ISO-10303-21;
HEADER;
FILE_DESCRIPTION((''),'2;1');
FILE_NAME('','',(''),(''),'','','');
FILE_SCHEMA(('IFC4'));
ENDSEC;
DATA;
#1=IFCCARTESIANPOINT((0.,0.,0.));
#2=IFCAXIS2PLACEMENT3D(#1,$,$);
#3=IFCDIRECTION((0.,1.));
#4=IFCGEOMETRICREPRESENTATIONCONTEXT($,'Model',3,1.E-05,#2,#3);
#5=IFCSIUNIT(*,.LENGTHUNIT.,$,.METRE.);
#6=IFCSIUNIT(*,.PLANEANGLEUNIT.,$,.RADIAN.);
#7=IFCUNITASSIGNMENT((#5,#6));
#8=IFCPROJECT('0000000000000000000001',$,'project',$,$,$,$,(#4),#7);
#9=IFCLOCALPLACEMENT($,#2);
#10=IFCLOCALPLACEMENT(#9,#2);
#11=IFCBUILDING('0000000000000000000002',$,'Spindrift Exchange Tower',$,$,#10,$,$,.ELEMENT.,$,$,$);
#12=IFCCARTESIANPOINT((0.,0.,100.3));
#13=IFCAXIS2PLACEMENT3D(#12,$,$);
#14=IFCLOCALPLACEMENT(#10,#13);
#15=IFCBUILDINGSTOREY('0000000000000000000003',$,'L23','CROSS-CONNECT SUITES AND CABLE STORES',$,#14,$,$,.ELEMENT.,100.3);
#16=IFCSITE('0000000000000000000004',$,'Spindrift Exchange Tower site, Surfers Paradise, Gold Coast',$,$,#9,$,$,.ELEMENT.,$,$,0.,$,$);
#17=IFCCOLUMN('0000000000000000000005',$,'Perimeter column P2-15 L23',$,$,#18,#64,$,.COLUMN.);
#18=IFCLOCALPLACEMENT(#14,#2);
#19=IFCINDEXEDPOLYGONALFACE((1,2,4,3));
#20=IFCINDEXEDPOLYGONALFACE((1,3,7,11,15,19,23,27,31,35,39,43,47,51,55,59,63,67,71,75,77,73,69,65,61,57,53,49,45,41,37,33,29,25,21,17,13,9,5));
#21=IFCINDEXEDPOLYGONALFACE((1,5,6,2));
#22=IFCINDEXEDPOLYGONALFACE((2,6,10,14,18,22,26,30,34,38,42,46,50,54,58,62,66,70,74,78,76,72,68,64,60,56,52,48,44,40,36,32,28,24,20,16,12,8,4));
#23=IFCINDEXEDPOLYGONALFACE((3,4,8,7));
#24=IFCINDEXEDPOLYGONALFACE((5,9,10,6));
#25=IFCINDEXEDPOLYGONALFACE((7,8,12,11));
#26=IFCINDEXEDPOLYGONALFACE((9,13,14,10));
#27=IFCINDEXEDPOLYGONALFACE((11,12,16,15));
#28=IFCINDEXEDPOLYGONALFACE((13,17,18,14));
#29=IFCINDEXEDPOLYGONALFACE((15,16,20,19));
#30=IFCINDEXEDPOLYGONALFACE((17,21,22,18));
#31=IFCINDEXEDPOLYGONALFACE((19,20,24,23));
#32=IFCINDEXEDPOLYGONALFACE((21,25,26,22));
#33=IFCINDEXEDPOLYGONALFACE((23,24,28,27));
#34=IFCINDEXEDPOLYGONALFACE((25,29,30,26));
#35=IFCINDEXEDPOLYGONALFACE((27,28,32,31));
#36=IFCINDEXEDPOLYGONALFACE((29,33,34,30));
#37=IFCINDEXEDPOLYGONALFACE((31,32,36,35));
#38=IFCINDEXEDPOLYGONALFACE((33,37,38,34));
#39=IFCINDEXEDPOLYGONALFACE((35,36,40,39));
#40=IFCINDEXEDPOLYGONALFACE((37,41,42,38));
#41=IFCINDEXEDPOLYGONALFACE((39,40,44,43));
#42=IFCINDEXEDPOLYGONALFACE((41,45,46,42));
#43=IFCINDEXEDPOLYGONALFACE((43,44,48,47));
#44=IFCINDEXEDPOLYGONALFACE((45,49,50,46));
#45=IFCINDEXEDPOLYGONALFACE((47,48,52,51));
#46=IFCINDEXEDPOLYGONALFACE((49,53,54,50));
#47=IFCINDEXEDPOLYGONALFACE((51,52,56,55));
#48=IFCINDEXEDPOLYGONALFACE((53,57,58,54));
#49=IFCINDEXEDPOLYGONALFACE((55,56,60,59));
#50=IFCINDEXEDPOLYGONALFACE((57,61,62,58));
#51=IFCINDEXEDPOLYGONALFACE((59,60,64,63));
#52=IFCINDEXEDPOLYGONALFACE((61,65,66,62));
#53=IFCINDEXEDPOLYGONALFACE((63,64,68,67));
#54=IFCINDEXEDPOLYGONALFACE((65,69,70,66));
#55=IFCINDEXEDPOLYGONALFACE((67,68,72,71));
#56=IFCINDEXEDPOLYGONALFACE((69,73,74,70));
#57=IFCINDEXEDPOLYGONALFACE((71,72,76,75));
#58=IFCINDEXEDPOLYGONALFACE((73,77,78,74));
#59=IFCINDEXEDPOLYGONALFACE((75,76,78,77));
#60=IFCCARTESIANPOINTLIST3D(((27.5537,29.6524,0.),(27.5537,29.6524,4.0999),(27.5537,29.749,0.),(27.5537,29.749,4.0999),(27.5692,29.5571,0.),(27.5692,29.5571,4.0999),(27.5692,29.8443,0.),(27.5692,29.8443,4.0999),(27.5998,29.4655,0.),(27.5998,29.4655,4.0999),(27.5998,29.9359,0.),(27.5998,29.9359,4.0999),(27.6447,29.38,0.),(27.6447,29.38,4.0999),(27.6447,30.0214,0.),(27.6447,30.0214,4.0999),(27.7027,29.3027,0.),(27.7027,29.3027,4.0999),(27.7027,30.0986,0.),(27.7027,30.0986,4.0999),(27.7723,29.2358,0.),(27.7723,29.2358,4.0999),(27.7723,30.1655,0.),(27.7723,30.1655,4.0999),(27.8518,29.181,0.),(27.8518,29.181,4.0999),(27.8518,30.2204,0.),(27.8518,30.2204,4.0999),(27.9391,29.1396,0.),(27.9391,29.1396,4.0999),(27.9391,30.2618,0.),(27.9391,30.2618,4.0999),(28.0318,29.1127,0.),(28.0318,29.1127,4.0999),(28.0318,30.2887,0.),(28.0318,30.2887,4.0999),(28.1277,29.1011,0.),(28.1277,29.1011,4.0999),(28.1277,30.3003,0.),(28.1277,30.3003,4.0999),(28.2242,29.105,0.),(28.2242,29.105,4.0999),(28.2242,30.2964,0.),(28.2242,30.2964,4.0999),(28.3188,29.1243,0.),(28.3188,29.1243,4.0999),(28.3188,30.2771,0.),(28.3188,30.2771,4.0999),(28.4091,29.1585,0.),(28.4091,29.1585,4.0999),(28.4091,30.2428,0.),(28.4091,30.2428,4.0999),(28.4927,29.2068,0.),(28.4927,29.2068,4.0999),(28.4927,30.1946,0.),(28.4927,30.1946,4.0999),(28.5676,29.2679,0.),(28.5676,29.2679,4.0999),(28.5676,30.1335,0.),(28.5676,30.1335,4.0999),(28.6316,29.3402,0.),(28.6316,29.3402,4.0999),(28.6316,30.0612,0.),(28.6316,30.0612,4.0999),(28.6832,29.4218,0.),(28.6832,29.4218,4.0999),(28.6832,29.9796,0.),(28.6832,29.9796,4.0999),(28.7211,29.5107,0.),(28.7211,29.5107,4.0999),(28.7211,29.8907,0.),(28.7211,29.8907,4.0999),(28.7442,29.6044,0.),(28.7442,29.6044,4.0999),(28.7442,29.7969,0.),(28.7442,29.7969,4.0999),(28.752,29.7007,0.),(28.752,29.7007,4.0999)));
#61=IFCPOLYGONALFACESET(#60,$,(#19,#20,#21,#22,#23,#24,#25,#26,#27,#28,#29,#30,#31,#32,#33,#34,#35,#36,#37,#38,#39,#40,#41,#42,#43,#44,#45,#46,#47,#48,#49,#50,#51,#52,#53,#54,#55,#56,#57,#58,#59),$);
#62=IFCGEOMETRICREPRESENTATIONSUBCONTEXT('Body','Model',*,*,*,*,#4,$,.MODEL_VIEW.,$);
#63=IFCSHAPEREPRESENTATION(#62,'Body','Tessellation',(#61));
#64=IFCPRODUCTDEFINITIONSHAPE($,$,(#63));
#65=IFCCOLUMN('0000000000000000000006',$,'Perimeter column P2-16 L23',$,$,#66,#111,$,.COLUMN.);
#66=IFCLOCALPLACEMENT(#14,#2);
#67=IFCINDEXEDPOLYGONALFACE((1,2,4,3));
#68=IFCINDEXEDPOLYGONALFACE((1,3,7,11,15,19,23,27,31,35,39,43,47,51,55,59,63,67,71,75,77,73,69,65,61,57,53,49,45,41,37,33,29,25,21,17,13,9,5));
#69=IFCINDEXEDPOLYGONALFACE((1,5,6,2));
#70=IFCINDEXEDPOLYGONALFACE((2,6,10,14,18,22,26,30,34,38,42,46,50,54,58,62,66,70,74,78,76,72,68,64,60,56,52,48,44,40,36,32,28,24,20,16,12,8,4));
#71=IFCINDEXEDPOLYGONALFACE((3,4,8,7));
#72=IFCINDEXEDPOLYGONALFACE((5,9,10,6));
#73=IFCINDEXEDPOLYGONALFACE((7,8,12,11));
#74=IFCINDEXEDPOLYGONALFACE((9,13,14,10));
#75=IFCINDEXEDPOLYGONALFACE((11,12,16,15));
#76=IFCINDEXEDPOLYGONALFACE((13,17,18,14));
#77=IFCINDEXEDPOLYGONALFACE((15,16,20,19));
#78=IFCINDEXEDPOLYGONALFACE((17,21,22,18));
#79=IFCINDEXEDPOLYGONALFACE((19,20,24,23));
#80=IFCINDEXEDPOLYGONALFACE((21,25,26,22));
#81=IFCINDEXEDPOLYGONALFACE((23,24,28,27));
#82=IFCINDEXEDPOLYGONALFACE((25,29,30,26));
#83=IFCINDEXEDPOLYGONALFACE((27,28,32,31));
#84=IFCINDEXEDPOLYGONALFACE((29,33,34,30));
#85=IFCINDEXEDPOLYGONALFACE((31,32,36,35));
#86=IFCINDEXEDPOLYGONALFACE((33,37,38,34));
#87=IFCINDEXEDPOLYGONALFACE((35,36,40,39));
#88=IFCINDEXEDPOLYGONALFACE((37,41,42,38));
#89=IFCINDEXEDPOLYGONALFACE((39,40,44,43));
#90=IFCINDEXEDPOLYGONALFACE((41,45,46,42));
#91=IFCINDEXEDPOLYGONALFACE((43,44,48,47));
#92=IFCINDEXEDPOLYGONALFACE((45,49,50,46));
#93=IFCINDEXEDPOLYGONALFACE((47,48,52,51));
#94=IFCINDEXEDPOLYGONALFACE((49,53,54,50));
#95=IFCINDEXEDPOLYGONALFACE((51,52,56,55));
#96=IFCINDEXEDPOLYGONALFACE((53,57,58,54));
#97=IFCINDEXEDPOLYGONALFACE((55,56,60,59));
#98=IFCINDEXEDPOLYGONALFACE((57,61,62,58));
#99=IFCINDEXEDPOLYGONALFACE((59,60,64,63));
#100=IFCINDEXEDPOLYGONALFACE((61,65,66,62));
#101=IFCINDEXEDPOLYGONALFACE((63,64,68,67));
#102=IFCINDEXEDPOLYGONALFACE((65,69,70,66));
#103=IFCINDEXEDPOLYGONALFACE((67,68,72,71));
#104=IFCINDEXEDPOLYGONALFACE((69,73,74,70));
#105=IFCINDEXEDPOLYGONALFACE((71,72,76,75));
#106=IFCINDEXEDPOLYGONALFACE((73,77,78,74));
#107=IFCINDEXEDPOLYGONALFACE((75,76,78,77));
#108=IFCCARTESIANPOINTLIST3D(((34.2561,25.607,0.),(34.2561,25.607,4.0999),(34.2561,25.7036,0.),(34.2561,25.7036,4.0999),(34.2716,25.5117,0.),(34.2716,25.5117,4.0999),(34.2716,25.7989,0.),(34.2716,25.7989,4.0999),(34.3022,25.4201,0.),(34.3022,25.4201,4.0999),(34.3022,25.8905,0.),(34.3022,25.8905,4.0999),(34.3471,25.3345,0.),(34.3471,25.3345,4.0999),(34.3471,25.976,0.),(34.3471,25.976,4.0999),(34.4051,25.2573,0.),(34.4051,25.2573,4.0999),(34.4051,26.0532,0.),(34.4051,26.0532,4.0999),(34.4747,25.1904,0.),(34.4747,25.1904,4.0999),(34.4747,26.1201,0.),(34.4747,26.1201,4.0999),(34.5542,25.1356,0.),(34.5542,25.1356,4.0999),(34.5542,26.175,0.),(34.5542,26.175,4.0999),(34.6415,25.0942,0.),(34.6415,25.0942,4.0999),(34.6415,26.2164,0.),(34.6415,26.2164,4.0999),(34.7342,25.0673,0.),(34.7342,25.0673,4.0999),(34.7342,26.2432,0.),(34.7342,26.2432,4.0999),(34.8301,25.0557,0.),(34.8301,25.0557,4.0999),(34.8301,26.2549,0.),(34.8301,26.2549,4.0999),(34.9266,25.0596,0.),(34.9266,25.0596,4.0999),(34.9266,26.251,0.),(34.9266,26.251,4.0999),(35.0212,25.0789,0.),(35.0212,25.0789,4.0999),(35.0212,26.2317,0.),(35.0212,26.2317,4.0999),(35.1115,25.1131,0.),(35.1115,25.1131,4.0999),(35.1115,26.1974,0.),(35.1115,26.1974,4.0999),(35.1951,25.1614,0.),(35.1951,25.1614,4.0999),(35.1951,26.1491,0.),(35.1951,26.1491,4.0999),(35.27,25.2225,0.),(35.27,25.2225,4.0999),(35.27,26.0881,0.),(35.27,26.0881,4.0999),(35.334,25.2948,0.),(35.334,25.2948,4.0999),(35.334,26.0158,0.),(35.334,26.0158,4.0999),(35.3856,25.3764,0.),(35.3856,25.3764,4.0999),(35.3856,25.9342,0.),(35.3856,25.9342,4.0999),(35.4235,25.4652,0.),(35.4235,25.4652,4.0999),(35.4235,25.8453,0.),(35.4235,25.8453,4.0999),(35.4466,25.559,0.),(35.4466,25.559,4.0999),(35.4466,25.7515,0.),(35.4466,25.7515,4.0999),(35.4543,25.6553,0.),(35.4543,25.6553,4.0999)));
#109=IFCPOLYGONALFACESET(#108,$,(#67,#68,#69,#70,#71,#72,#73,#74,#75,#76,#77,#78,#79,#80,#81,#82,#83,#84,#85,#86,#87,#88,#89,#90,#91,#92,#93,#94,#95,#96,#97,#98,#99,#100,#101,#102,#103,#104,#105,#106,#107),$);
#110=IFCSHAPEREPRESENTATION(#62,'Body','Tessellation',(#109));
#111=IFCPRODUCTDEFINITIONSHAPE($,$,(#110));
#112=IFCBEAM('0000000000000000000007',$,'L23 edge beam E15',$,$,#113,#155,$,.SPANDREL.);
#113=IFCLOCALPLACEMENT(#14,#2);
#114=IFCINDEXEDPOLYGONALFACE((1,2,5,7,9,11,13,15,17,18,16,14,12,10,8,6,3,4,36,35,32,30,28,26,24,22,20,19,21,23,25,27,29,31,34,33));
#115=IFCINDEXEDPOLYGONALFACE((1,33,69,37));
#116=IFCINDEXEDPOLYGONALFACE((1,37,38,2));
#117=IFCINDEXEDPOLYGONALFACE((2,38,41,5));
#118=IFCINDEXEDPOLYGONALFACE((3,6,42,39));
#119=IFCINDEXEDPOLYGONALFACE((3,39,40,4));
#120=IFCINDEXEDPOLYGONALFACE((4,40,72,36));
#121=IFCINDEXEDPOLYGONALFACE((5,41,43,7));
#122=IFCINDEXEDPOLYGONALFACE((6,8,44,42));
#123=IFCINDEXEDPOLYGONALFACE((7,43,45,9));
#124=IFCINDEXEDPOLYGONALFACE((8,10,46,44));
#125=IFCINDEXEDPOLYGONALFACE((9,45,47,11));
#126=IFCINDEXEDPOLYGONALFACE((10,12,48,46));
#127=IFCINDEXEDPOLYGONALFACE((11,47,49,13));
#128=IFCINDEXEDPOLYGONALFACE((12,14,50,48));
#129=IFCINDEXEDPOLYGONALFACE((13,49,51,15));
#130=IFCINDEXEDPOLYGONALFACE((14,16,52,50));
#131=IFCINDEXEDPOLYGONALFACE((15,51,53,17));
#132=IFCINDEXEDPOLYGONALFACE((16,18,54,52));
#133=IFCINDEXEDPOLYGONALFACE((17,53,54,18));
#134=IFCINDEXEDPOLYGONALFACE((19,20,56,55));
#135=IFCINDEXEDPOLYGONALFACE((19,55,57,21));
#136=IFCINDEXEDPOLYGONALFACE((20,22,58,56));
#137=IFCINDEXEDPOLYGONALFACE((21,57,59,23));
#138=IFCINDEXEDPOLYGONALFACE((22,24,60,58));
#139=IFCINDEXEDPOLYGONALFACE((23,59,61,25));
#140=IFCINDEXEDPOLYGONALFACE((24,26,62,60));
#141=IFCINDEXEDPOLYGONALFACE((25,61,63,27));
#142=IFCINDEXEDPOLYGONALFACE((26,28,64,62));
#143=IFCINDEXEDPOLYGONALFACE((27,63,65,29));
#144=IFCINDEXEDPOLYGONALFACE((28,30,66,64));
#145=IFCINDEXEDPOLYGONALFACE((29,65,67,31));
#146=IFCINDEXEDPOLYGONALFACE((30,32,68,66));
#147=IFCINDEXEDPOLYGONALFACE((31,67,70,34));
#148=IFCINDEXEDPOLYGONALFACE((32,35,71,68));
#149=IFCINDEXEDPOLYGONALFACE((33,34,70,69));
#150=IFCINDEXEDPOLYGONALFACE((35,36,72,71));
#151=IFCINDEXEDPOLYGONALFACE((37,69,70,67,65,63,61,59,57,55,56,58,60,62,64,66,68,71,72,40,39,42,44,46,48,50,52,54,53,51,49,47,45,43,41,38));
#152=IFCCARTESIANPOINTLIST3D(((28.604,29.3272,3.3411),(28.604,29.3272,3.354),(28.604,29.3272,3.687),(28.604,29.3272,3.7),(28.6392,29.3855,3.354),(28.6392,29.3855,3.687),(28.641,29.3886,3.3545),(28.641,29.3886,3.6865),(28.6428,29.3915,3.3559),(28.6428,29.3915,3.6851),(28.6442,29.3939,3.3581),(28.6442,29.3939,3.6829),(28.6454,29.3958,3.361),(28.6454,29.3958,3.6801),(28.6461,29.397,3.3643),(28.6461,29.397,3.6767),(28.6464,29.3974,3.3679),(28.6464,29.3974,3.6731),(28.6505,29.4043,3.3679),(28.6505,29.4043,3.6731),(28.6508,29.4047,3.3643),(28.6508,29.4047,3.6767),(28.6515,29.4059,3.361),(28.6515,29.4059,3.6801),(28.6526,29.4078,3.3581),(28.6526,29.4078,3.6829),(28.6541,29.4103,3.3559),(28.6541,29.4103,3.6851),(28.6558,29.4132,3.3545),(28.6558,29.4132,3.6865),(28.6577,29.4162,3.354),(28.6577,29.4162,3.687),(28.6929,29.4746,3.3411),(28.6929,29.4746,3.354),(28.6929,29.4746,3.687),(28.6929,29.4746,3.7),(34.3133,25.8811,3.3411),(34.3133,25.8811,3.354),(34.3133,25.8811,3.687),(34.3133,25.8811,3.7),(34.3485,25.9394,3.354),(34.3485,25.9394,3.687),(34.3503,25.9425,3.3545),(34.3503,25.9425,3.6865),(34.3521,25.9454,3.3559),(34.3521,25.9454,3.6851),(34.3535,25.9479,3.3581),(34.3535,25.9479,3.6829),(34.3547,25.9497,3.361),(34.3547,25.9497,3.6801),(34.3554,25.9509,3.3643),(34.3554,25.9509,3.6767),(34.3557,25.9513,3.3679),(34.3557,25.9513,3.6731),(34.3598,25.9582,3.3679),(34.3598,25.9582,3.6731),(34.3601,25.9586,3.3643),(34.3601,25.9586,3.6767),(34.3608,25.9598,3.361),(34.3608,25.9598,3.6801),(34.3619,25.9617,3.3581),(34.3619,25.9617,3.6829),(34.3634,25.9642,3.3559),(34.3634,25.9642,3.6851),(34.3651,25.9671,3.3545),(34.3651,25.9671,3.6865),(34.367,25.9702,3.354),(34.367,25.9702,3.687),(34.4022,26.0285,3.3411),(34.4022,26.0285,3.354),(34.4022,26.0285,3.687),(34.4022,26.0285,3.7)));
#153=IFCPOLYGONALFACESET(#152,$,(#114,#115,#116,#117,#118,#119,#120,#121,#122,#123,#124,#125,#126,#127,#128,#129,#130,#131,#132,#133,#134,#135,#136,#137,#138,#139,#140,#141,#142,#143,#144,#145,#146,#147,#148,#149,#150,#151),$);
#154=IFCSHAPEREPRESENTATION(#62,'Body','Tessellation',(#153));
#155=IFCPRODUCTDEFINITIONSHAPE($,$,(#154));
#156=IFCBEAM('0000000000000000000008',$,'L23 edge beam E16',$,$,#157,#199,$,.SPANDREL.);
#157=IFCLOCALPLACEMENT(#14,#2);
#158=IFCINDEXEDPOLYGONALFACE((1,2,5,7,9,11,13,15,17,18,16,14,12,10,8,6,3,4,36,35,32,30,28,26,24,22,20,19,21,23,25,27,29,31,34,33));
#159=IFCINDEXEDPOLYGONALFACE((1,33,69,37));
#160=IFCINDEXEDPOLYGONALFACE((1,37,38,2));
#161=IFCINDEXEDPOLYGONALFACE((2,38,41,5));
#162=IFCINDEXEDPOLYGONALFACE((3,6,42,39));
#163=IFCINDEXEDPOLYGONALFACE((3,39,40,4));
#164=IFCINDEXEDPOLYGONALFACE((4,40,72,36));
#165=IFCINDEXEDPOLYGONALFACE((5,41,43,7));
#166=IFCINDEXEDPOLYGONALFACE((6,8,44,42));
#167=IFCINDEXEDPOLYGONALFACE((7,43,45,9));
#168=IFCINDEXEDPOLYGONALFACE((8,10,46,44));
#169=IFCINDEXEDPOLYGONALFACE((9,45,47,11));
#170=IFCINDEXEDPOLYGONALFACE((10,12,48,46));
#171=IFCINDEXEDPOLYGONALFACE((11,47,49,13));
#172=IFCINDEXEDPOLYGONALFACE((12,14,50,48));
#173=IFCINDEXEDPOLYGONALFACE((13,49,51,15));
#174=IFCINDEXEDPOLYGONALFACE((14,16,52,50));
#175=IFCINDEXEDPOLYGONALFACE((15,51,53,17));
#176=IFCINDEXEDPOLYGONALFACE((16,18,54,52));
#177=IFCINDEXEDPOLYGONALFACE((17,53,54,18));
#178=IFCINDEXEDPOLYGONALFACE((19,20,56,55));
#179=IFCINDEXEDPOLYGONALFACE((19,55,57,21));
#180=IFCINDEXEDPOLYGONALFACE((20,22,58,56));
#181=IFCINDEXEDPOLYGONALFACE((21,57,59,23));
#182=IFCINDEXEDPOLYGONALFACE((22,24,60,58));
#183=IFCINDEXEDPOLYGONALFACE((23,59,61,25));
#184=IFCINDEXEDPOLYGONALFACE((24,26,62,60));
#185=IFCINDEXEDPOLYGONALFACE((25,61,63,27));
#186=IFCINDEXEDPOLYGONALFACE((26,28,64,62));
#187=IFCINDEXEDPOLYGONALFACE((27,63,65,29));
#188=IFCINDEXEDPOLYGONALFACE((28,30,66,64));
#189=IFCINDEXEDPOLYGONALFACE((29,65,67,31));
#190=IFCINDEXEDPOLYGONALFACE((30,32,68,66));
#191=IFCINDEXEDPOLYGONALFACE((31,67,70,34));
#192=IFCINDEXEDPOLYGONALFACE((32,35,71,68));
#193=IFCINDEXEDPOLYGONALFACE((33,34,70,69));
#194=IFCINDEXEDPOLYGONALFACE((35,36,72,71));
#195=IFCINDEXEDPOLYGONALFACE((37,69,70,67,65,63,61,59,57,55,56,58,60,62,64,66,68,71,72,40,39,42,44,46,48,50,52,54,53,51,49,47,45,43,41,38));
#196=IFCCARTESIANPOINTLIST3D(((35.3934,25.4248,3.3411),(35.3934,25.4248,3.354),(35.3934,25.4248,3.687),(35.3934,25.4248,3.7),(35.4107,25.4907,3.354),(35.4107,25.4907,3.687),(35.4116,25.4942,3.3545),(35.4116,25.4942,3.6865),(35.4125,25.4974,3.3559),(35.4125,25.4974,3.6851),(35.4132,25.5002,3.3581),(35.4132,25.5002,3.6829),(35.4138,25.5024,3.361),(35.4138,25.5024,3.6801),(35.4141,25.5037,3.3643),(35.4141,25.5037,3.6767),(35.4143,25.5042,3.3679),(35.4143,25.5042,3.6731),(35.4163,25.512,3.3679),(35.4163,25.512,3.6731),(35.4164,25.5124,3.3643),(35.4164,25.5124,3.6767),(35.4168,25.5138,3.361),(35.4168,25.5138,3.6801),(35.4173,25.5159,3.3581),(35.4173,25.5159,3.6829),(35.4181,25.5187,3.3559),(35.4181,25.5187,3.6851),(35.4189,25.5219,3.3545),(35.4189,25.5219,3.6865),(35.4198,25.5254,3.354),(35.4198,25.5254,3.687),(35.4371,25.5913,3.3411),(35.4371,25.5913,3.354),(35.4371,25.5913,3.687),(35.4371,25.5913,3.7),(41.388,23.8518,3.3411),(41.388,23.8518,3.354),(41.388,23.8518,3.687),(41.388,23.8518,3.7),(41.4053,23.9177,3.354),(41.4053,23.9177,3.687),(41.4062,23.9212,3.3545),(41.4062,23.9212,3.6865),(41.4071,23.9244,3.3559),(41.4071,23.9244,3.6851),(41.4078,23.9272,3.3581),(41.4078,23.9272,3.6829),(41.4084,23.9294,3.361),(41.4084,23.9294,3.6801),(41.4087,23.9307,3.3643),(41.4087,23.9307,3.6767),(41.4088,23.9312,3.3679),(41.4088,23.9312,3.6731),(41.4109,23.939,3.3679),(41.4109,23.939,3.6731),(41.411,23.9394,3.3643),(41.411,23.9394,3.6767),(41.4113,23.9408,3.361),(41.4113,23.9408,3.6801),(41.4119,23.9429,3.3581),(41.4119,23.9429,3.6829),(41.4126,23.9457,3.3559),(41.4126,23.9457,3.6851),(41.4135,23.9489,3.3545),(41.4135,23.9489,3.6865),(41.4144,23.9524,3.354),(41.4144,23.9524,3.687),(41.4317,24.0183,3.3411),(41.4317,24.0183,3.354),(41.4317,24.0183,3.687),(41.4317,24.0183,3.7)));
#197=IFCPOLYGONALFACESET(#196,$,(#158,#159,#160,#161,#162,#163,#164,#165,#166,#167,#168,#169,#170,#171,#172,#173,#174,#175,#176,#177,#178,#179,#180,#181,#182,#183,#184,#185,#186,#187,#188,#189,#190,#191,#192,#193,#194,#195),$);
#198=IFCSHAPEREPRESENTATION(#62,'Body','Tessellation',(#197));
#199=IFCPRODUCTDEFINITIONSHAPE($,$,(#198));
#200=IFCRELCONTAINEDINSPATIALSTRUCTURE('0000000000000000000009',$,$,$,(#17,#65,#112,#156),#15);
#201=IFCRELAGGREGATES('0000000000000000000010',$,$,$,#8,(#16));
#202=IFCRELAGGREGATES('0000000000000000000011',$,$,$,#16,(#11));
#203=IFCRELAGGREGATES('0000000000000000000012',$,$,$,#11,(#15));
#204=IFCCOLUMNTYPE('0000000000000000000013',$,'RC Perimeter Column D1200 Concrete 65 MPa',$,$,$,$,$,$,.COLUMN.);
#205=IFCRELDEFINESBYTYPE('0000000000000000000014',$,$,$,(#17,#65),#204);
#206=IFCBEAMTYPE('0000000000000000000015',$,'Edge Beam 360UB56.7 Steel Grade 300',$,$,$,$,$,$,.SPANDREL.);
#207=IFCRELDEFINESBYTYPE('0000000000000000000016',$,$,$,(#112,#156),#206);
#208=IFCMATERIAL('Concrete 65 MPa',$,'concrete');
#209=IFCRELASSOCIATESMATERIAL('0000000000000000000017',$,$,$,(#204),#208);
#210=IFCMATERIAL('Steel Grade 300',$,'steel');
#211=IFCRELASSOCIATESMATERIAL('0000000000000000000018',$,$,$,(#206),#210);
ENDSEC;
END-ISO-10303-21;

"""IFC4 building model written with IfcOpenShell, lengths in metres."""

from ifc_helpers import new_model, si_unit, direction, frame, origin, origin_2d, place, context, subcontext, project, spatial, circle, i_section, extrude, source, transform, mapped, material, material_profile, profile_set, type_object, element, save


model = new_model("IFC4")

# Units and contexts
model_context = context("Model", 3, precision=1e-05, world=origin(), true_north=direction((0.0, 1.0)))
body_context = subcontext(model_context, "Body", "Model", "MODEL_VIEW")
ifc_project = project(units=[si_unit("LENGTHUNIT", "METRE"), si_unit("PLANEANGLEUNIT", "RADIAN")], contexts=[model_context])

# Site, building, storey
site_placement = place(None, origin())
site = spatial("IfcSite", under=ifc_project, at=site_placement, Name="Spindrift Exchange Tower site, Surfers Paradise, Gold Coast", CompositionType="ELEMENT", RefElevation=0.0)
building_placement = place(site_placement, origin())
building = spatial("IfcBuilding", under=site, at=building_placement, Name="Spindrift Exchange Tower", CompositionType="ELEMENT")
storey_placement = place(building_placement, frame((0.0, 0.0, 100.3)))
storey = spatial("IfcBuildingStorey", under=building, at=storey_placement, Name="L23", Description="CROSS-CONNECT SUITES AND CABLE STORES", CompositionType="ELEMENT", Elevation=100.3)

# Columns
ifc_material_1 = material(Name="Concrete 65 MPa", Category="concrete")
ifc_material_profile_1 = material_profile(ifc_material_1, circle(Radius=0.6001, at=origin_2d()), Name="RC D1200")
ifc_profile_set_1 = profile_set([ifc_material_profile_1], Name="Concrete 65 MPa")
column_type = type_object("IfcColumnType", Name="RC Perimeter Column D1200 Concrete 65 MPa", PredefinedType="COLUMN", material=ifc_profile_set_1)
shared_shape_1 = source(origin(), body_context, "Body", "SweptSolid", [
    extrude(circle(Radius=0.6001, at=origin_2d()), origin(), (0.0, 0.0, 1.0), 4.0999),
])
for number, where, z_axis, x_axis, name in (
    (1, (28.1519, 29.7007, 0.0), (0.0, 0.0, 1.0), (1.0, 0.0, 0.0), "Perimeter column P2-15 L23"),
    (2, (34.8542, 25.6553, 0.0), (0.0, 0.0, 1.0), (1.0, 0.0, 0.0), "Perimeter column P2-16 L23"),
):
    element("IfcColumn", number, at=place(storey_placement, frame(where, z_axis=z_axis, x_axis=x_axis)), inside=storey, type_object=column_type, Name=name, PredefinedType="COLUMN", context=body_context, shape_type="MappedRepresentation", body=[
        mapped(shared_shape_1, transform((0.0, 0.0, 0.0), scale=1.0)),
    ])

# Beams
ifc_material_2 = material(Name="Steel Grade 300", Category="steel")
ifc_material_profile_2 = material_profile(ifc_material_2, i_section(OverallWidth=0.1721, OverallDepth=0.3589, WebThickness=0.0081, FlangeThickness=0.0129, FilletRadius=0.0139, at=origin_2d()), Name="360UB56.7")
ifc_profile_set_2 = profile_set([ifc_material_profile_2], Name="Steel Grade 300")
beam_type_1 = type_object("IfcBeamType", Name="Edge Beam 360UB56.7 Steel Grade 300", PredefinedType="SPANDREL", material=ifc_profile_set_2)
shared_shape_2 = source(origin(), body_context, "Body", "SweptSolid", [
    extrude(i_section(OverallWidth=0.1721, OverallDepth=0.3589, WebThickness=0.0081, FlangeThickness=0.0129, FilletRadius=0.0139, at=origin_2d()), origin(), (0.0, 0.0, 1.0), 6.6687),
])
beam_1_placement = place(storey_placement, frame((28.6484, 29.4009, 3.5205), z_axis=(0.856133, -0.516755, 0.0), x_axis=(0.516755, 0.856133, 0.0)))
element("IfcBeam", 3, at=beam_1_placement, inside=storey, type_object=beam_type_1, Name="L23 edge beam E15", PredefinedType="SPANDREL", context=body_context, shape_type="MappedRepresentation", body=[
    mapped(shared_shape_2, transform((0.0, 0.0, 0.0), scale=1.0)),
])
shared_shape_3 = source(origin(), body_context, "Body", "SweptSolid", [
    extrude(i_section(OverallWidth=0.1721, OverallDepth=0.3589, WebThickness=0.0081, FlangeThickness=0.0129, FilletRadius=0.0139, at=origin_2d()), origin(), (0.0, 0.0, 1.0), 6.1975),
])
beam_2_placement = place(storey_placement, frame((35.4153, 25.5081, 3.5205), z_axis=(0.967254, -0.253809, 0.0), x_axis=(0.253809, 0.967254, 0.0)))
element("IfcBeam", 4, at=beam_2_placement, inside=storey, type_object=beam_type_1, Name="L23 edge beam E16", PredefinedType="SPANDREL", context=body_context, shape_type="MappedRepresentation", body=[
    mapped(shared_shape_3, transform((0.0, 0.0, 0.0), scale=1.0)),
])

save(model, "model.ifc")
